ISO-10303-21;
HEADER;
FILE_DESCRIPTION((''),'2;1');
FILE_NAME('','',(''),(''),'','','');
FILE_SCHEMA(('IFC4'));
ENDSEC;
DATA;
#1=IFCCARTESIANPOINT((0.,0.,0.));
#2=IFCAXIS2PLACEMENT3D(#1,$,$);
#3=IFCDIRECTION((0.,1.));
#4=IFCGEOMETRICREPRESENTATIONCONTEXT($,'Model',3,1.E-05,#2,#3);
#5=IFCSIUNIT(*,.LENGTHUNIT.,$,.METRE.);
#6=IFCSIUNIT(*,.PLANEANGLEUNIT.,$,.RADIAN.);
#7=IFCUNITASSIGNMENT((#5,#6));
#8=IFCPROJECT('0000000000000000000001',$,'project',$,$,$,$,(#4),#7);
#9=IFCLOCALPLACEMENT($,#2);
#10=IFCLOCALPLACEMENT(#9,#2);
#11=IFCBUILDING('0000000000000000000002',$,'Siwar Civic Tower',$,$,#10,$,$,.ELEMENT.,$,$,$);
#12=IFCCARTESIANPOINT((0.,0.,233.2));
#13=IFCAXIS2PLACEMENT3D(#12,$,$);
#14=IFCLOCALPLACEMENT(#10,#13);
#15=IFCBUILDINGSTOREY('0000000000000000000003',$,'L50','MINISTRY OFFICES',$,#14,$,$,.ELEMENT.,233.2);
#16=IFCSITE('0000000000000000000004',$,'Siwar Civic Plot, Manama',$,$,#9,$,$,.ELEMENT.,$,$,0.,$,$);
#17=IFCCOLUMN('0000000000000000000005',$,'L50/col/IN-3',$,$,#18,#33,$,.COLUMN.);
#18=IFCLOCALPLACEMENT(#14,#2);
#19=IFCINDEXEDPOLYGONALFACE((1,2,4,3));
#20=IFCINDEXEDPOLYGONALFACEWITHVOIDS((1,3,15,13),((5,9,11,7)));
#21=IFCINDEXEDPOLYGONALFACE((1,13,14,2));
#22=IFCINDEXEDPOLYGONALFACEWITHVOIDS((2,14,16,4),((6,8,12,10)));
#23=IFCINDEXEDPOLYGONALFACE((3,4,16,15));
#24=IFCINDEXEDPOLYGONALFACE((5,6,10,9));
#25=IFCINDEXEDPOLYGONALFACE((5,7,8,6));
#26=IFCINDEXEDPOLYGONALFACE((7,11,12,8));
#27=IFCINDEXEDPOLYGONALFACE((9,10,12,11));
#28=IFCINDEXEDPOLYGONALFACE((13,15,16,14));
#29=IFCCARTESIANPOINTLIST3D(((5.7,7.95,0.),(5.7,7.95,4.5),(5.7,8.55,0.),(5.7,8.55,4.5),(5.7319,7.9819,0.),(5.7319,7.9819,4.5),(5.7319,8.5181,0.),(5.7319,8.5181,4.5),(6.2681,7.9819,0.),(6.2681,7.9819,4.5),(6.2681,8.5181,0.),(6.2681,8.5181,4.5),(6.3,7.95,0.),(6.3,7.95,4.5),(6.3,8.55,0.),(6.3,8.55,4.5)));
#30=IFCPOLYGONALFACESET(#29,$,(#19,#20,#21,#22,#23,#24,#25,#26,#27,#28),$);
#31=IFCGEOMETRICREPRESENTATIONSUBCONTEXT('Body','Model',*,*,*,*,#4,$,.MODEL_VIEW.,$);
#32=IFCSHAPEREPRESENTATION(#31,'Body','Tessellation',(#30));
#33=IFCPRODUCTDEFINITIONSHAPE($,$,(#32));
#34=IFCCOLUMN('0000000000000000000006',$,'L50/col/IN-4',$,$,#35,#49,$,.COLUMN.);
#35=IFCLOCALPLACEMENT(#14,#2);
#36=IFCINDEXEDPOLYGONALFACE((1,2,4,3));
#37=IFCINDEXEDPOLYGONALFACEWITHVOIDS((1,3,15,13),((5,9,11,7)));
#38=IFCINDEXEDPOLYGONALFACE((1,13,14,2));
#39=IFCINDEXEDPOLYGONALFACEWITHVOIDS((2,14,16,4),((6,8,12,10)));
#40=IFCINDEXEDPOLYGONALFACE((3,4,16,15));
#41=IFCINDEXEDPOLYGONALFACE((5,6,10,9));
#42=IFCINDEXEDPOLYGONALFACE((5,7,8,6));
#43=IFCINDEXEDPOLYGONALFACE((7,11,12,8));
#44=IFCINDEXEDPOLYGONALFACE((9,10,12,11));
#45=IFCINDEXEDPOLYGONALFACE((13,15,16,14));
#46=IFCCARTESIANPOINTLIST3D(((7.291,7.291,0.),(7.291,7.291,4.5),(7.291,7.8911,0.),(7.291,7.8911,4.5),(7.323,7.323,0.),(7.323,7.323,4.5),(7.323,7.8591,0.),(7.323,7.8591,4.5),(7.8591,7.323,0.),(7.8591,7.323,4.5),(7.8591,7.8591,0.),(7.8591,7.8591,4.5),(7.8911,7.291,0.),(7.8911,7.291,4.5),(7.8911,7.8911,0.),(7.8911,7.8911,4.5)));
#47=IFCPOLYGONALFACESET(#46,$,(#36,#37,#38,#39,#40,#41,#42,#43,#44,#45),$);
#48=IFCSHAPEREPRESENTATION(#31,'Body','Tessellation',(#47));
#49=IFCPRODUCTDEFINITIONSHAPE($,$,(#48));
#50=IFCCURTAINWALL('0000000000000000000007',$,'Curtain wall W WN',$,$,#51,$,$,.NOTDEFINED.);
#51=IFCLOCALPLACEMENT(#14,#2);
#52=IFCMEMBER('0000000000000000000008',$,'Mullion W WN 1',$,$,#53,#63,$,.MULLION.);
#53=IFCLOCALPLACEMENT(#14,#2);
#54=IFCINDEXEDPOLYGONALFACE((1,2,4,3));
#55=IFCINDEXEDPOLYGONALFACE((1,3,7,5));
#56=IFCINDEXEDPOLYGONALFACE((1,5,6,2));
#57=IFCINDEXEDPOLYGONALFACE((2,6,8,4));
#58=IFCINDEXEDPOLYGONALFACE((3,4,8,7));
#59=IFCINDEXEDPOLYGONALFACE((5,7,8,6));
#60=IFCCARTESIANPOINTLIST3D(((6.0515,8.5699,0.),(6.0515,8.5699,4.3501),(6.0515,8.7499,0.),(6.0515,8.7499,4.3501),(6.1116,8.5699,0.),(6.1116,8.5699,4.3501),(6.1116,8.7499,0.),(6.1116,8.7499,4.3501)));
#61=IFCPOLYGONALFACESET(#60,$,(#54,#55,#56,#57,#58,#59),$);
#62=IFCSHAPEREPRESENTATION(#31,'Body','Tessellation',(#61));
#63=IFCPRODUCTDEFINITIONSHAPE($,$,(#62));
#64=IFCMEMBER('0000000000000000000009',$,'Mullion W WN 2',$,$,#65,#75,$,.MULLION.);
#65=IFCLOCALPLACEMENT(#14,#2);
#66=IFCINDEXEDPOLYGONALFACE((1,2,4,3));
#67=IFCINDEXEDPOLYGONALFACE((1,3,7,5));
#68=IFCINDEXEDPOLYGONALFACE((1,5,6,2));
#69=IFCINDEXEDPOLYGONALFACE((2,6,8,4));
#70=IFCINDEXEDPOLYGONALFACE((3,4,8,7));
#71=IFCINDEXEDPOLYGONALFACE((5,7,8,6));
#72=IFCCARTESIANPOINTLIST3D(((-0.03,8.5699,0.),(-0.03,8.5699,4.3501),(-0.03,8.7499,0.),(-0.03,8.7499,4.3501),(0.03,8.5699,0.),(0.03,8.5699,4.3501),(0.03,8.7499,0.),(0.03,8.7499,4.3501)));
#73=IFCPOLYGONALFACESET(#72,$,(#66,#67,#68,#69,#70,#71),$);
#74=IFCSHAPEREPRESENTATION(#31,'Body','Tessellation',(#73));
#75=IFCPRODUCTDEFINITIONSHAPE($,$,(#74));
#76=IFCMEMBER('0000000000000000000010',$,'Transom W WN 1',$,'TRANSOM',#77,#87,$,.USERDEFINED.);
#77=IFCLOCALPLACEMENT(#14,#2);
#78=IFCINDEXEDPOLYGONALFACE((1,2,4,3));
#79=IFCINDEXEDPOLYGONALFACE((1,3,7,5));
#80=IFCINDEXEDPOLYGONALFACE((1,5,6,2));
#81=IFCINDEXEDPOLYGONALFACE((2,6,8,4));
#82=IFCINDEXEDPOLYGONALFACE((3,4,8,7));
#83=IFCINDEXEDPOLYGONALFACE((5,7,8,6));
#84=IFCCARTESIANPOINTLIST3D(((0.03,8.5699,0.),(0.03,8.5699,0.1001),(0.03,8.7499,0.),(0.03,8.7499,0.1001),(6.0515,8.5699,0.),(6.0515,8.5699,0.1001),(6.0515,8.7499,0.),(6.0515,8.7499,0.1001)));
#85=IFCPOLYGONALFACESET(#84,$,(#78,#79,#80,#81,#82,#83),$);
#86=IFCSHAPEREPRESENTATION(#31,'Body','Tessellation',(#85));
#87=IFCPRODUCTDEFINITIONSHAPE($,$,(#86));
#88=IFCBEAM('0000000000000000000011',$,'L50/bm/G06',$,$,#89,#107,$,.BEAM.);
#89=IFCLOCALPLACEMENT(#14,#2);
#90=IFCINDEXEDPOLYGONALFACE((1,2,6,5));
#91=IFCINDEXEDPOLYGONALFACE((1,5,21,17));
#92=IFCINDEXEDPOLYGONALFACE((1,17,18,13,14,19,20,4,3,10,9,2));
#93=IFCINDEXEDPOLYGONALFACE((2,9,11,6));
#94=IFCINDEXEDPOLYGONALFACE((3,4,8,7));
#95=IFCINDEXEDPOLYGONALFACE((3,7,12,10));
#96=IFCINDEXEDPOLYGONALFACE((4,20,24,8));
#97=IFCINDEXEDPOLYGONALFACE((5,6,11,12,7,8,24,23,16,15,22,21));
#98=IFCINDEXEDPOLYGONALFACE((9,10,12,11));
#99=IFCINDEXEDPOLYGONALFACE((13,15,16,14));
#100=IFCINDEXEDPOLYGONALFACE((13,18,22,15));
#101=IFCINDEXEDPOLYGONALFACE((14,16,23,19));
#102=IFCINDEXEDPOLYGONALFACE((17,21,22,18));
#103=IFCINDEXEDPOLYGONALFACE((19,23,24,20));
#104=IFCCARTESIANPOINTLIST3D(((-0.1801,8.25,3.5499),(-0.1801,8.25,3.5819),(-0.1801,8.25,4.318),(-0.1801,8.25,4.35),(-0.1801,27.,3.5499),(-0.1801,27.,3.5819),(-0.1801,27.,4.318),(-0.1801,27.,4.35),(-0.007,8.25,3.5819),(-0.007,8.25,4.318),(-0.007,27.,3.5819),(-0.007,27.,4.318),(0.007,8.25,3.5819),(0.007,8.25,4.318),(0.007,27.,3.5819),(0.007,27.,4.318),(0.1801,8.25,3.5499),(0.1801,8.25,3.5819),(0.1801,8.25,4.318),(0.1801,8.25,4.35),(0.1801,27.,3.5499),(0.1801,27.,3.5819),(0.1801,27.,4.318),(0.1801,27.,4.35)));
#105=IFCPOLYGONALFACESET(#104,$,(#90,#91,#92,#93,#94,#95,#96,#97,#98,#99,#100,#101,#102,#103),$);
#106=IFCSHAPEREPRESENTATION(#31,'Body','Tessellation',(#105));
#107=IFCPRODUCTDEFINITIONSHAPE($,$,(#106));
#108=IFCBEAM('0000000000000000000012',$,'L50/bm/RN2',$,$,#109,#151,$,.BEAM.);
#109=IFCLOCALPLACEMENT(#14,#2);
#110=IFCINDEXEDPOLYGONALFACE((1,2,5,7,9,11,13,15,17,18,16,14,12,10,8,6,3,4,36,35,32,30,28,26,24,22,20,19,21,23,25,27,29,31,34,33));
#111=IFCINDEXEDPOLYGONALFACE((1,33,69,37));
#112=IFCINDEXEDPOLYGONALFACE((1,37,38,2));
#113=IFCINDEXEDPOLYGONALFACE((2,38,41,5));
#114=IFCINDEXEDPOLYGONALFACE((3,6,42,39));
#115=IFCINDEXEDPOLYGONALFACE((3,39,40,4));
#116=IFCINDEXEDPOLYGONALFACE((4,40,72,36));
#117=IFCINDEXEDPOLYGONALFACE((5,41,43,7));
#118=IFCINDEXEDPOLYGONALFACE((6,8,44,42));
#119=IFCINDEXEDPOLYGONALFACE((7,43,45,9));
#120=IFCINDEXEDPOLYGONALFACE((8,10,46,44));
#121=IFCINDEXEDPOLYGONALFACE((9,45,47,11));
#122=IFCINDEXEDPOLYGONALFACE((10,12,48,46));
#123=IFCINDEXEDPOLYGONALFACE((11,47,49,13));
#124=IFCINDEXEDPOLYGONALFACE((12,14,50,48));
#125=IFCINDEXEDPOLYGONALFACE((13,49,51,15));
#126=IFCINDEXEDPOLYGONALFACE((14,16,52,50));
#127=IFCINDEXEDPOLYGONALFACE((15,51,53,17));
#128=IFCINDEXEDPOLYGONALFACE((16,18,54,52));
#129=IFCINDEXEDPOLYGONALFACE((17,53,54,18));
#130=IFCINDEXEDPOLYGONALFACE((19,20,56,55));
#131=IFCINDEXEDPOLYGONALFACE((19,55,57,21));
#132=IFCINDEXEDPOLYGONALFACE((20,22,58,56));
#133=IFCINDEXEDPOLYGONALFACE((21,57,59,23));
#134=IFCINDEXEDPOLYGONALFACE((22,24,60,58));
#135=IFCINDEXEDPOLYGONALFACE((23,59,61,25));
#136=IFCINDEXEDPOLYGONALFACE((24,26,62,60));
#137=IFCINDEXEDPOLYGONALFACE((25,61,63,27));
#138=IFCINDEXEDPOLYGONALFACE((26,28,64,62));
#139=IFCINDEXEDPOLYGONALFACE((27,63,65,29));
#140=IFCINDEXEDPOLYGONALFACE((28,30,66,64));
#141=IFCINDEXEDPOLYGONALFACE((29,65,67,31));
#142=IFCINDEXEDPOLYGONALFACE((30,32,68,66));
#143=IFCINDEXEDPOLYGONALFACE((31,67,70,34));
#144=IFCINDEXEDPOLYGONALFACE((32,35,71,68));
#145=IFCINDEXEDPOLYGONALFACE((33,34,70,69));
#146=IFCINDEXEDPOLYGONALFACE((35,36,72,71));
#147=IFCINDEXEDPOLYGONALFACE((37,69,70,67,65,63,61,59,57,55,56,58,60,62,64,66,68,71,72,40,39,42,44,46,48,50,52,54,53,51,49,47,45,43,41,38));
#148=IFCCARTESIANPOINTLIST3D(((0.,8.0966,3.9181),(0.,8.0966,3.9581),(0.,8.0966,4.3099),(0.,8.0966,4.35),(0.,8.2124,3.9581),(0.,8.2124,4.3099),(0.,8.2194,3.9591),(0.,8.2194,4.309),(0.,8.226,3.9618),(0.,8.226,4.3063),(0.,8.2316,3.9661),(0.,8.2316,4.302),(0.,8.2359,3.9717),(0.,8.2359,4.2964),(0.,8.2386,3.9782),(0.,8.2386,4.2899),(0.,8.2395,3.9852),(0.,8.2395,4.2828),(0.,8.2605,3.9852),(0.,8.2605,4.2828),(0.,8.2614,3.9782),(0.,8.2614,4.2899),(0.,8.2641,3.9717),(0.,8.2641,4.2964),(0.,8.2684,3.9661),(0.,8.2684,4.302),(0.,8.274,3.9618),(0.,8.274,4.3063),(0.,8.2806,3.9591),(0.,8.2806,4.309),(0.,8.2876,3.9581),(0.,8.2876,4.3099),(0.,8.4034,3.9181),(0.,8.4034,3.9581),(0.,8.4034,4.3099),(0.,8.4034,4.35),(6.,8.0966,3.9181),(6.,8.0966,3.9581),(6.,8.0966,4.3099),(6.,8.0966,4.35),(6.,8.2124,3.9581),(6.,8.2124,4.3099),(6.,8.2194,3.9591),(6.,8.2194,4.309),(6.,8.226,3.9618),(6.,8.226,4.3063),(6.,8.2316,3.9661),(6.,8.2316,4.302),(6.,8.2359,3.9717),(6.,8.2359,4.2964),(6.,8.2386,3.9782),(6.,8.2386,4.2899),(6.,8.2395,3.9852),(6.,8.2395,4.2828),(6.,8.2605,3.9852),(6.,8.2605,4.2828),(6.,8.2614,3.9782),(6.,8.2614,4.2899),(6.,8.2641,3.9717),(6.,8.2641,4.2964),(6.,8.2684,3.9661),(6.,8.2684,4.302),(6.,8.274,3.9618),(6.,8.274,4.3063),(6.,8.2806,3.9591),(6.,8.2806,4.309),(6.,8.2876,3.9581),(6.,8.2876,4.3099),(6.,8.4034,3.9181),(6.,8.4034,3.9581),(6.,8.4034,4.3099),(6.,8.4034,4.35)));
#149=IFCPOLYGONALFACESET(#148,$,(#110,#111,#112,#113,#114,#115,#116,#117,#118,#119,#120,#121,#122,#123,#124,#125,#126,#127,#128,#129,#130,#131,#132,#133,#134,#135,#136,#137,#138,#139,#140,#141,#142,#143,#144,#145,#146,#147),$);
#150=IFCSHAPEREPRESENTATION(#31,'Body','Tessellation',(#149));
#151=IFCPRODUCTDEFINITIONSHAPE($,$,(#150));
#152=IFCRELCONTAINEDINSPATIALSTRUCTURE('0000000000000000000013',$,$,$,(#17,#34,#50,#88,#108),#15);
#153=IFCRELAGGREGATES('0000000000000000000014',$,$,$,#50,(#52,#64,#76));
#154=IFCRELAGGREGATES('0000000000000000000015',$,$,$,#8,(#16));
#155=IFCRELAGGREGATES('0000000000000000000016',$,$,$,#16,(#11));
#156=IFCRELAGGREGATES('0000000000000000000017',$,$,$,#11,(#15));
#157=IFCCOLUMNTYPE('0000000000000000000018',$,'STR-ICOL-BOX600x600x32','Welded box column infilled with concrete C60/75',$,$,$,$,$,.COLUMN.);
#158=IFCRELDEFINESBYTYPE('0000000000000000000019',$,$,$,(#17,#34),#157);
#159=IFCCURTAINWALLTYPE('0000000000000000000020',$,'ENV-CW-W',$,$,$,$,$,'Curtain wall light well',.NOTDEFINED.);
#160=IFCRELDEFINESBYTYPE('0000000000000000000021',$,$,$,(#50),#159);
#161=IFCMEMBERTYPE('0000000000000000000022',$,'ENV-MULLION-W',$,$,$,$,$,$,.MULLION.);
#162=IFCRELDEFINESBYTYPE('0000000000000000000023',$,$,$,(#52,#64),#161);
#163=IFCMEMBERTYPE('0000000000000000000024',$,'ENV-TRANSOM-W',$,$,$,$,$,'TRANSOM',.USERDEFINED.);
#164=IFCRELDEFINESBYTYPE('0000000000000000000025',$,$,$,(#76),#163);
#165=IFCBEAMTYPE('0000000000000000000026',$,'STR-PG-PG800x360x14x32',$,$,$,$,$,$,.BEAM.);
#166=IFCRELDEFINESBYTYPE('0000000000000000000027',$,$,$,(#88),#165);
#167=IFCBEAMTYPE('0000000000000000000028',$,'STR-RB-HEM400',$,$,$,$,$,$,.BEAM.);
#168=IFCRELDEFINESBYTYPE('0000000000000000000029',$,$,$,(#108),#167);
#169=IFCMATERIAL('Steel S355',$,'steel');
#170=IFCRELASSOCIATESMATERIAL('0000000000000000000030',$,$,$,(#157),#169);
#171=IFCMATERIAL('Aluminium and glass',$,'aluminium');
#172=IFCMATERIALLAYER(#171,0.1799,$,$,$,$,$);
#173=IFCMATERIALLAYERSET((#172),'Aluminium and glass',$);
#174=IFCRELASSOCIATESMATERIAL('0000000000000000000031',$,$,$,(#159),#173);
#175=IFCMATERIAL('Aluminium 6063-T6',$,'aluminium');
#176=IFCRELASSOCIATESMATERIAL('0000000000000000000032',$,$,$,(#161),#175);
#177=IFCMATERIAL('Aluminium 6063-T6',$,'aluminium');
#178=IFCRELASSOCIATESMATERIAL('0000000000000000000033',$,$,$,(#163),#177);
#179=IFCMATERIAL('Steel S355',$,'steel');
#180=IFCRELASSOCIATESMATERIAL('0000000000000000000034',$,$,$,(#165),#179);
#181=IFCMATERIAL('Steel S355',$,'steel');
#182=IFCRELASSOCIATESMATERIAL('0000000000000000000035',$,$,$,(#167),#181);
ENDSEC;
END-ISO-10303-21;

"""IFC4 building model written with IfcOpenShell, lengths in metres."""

from ifc_helpers import new_model, si_unit, direction, frame, origin, origin_2d, place, context, subcontext, project, spatial, rectangle, hollow_rectangle, i_section, extrude, material, layer, layer_set, material_profile, profile_set, type_object, element, aggregate, save


model = new_model("IFC4")

# Units and contexts
model_context = context("Model", 3, precision=1e-05, world=origin(), true_north=direction((0.0, 1.0)))
body_context = subcontext(model_context, "Body", "Model", "MODEL_VIEW")
ifc_project = project(units=[si_unit("LENGTHUNIT", "METRE"), si_unit("PLANEANGLEUNIT", "RADIAN")], contexts=[model_context])

# Site, building, storey
site_placement = place(None, origin())
site = spatial("IfcSite", under=ifc_project, at=site_placement, Name="Siwar Civic Plot, Manama", CompositionType="ELEMENT", RefElevation=0.0)
building_placement = place(site_placement, origin())
building = spatial("IfcBuilding", under=site, at=building_placement, Name="Siwar Civic Tower", CompositionType="ELEMENT")
storey_placement = place(building_placement, frame((0.0, 0.0, 233.2)))
storey = spatial("IfcBuildingStorey", under=building, at=storey_placement, Name="L50", Description="MINISTRY OFFICES", CompositionType="ELEMENT", Elevation=233.2)

# Columns
ifc_material_1 = material(Name="Steel S355", Category="steel")
ifc_material_profile_1 = material_profile(ifc_material_1, hollow_rectangle(XDim=0.6001, YDim=0.6001, WallThickness=0.032, at=origin_2d()), Name="BOX600x600x32")
ifc_profile_set_1 = profile_set([ifc_material_profile_1], Name="Steel S355")
column_type = type_object("IfcColumnType", Name="STR-ICOL-BOX600x600x32", Description="Welded box column infilled with concrete C60/75", PredefinedType="COLUMN", material=ifc_profile_set_1)
for number, where, z_axis, x_axis, name in (
    (1, (6.0, 8.25, 0.0), (0.0, 0.0, 1.0), (1.0, 0.0, 0.0), "L50/col/IN-3"),
    (2, (7.5911, 7.5911, 0.0), (0.0, 0.0, 1.0), (1.0, 0.0, 0.0), "L50/col/IN-4"),
):
    element("IfcColumn", number, at=place(storey_placement, frame(where, z_axis=z_axis, x_axis=x_axis)), inside=storey, type_object=column_type, Name=name, PredefinedType="COLUMN", context=body_context, shape_type="SweptSolid", body=[
        extrude(hollow_rectangle(XDim=0.6001, YDim=0.6001, WallThickness=0.032, at=origin_2d()), origin(), (0.0, 0.0, 1.0), 4.5),
    ])

# Curtain wall, members
ifc_material_2 = material(Name="Aluminium and glass", Category="aluminium")
ifc_layer_1 = layer(ifc_material_2, 0.1799)
ifc_layer_set_1 = layer_set([ifc_layer_1], Name="Aluminium and glass")
curtain_wall_type = type_object("IfcCurtainWallType", Name="ENV-CW-W", ElementType="Curtain wall light well", PredefinedType="NOTDEFINED", material=ifc_layer_set_1)
curtain_wall_placement = place(storey_placement, origin())
curtain_wall = element("IfcCurtainWall", 3, at=curtain_wall_placement, inside=storey, type_object=curtain_wall_type, Name="Curtain wall W WN", PredefinedType="NOTDEFINED")
ifc_material_3 = material(Name="Aluminium 6063-T6", Category="aluminium")
ifc_material_profile_2 = material_profile(ifc_material_3, rectangle(XDim=0.1799, YDim=0.0601, at=origin_2d()), Name="AL 180x60")
ifc_profile_set_2 = profile_set([ifc_material_profile_2], Name="Aluminium 6063-T6")
member_type_1 = type_object("IfcMemberType", Name="ENV-MULLION-W", PredefinedType="MULLION", material=ifc_profile_set_2)
member_1_placement = place(storey_placement, frame((6.0815, 8.6599, 0.0), z_axis=(0.0, 0.0, 1.0), x_axis=(0.0, -1.0, 0.0)))
member_1 = element("IfcMember", 4, at=member_1_placement, type_object=member_type_1, Name="Mullion W WN 1", PredefinedType="MULLION", context=body_context, shape_type="SweptSolid", body=[
    extrude(rectangle(XDim=0.1799, YDim=0.0601, at=origin_2d()), origin(), (0.0, 0.0, 1.0), 4.3501),
])
member_2_placement = place(storey_placement, frame((0.0, 8.6599, 0.0), z_axis=(0.0, 0.0, 1.0), x_axis=(0.0, -1.0, 0.0)))
member_2 = element("IfcMember", 5, at=member_2_placement, type_object=member_type_1, Name="Mullion W WN 2", PredefinedType="MULLION", context=body_context, shape_type="SweptSolid", body=[
    extrude(rectangle(XDim=0.1799, YDim=0.0601, at=origin_2d()), origin(), (0.0, 0.0, 1.0), 4.3501),
])
ifc_material_4 = material(Name="Aluminium 6063-T6", Category="aluminium")
ifc_material_profile_3 = material_profile(ifc_material_4, rectangle(XDim=0.1799, YDim=0.1001, at=origin_2d()), Name="AL 180x100")
ifc_profile_set_3 = profile_set([ifc_material_profile_3], Name="Aluminium 6063-T6")
member_type_2 = type_object("IfcMemberType", Name="ENV-TRANSOM-W", ElementType="TRANSOM", PredefinedType="USERDEFINED", material=ifc_profile_set_3)
member_3_placement = place(storey_placement, frame((6.0515, 8.6599, 0.05), z_axis=(-1.0, 0.0, 0.0), x_axis=(0.0, -1.0, 0.0)))
member_3 = element("IfcMember", 6, at=member_3_placement, type_object=member_type_2, Name="Transom W WN 1", ObjectType="TRANSOM", PredefinedType="USERDEFINED", context=body_context, shape_type="SweptSolid", body=[
    extrude(rectangle(XDim=0.1799, YDim=0.1001, at=origin_2d()), origin(), (0.0, 0.0, 1.0), 6.0215),
])

# Beams
ifc_material_5 = material(Name="Steel S355", Category="steel")
ifc_material_profile_4 = material_profile(ifc_material_5, i_section(OverallWidth=0.3601, OverallDepth=0.8, WebThickness=0.0139, FlangeThickness=0.032, at=origin_2d()), Name="PG800x360x14x32")
ifc_profile_set_4 = profile_set([ifc_material_profile_4], Name="Steel S355")
beam_type_1 = type_object("IfcBeamType", Name="STR-PG-PG800x360x14x32", PredefinedType="BEAM", material=ifc_profile_set_4)
beam_1_placement = place(storey_placement, frame((0.0, 8.25, 3.95), z_axis=(0.0, 1.0, 0.0), x_axis=(-1.0, 0.0, 0.0)))
element("IfcBeam", 7, at=beam_1_placement, inside=storey, type_object=beam_type_1, Name="L50/bm/G06", PredefinedType="BEAM", context=body_context, shape_type="SweptSolid", body=[
    extrude(i_section(OverallWidth=0.3601, OverallDepth=0.8, WebThickness=0.0139, FlangeThickness=0.032, at=origin_2d()), origin(), (0.0, 0.0, 1.0), 18.75),
])
ifc_material_6 = material(Name="Steel S355", Category="steel")
ifc_material_profile_5 = material_profile(ifc_material_6, i_section(OverallWidth=0.3069, OverallDepth=0.4319, WebThickness=0.021, FlangeThickness=0.04, FilletRadius=0.0271, at=origin_2d()), Name="HEM400")
ifc_profile_set_5 = profile_set([ifc_material_profile_5], Name="Steel S355")
beam_type_2 = type_object("IfcBeamType", Name="STR-RB-HEM400", PredefinedType="BEAM", material=ifc_profile_set_5)
beam_2_placement = place(storey_placement, frame((0.0, 8.25, 4.134), z_axis=(1.0, 0.0, 0.0), x_axis=(0.0, 1.0, 0.0)))
element("IfcBeam", 8, at=beam_2_placement, inside=storey, type_object=beam_type_2, Name="L50/bm/RN2", PredefinedType="BEAM", context=body_context, shape_type="SweptSolid", body=[
    extrude(i_section(OverallWidth=0.3069, OverallDepth=0.4319, WebThickness=0.021, FlangeThickness=0.04, FilletRadius=0.0271, at=origin_2d()), origin(), (0.0, 0.0, 1.0), 6.0),
])

aggregate(curtain_wall, [member_1, member_2, member_3])

save(model, "model.ifc")
